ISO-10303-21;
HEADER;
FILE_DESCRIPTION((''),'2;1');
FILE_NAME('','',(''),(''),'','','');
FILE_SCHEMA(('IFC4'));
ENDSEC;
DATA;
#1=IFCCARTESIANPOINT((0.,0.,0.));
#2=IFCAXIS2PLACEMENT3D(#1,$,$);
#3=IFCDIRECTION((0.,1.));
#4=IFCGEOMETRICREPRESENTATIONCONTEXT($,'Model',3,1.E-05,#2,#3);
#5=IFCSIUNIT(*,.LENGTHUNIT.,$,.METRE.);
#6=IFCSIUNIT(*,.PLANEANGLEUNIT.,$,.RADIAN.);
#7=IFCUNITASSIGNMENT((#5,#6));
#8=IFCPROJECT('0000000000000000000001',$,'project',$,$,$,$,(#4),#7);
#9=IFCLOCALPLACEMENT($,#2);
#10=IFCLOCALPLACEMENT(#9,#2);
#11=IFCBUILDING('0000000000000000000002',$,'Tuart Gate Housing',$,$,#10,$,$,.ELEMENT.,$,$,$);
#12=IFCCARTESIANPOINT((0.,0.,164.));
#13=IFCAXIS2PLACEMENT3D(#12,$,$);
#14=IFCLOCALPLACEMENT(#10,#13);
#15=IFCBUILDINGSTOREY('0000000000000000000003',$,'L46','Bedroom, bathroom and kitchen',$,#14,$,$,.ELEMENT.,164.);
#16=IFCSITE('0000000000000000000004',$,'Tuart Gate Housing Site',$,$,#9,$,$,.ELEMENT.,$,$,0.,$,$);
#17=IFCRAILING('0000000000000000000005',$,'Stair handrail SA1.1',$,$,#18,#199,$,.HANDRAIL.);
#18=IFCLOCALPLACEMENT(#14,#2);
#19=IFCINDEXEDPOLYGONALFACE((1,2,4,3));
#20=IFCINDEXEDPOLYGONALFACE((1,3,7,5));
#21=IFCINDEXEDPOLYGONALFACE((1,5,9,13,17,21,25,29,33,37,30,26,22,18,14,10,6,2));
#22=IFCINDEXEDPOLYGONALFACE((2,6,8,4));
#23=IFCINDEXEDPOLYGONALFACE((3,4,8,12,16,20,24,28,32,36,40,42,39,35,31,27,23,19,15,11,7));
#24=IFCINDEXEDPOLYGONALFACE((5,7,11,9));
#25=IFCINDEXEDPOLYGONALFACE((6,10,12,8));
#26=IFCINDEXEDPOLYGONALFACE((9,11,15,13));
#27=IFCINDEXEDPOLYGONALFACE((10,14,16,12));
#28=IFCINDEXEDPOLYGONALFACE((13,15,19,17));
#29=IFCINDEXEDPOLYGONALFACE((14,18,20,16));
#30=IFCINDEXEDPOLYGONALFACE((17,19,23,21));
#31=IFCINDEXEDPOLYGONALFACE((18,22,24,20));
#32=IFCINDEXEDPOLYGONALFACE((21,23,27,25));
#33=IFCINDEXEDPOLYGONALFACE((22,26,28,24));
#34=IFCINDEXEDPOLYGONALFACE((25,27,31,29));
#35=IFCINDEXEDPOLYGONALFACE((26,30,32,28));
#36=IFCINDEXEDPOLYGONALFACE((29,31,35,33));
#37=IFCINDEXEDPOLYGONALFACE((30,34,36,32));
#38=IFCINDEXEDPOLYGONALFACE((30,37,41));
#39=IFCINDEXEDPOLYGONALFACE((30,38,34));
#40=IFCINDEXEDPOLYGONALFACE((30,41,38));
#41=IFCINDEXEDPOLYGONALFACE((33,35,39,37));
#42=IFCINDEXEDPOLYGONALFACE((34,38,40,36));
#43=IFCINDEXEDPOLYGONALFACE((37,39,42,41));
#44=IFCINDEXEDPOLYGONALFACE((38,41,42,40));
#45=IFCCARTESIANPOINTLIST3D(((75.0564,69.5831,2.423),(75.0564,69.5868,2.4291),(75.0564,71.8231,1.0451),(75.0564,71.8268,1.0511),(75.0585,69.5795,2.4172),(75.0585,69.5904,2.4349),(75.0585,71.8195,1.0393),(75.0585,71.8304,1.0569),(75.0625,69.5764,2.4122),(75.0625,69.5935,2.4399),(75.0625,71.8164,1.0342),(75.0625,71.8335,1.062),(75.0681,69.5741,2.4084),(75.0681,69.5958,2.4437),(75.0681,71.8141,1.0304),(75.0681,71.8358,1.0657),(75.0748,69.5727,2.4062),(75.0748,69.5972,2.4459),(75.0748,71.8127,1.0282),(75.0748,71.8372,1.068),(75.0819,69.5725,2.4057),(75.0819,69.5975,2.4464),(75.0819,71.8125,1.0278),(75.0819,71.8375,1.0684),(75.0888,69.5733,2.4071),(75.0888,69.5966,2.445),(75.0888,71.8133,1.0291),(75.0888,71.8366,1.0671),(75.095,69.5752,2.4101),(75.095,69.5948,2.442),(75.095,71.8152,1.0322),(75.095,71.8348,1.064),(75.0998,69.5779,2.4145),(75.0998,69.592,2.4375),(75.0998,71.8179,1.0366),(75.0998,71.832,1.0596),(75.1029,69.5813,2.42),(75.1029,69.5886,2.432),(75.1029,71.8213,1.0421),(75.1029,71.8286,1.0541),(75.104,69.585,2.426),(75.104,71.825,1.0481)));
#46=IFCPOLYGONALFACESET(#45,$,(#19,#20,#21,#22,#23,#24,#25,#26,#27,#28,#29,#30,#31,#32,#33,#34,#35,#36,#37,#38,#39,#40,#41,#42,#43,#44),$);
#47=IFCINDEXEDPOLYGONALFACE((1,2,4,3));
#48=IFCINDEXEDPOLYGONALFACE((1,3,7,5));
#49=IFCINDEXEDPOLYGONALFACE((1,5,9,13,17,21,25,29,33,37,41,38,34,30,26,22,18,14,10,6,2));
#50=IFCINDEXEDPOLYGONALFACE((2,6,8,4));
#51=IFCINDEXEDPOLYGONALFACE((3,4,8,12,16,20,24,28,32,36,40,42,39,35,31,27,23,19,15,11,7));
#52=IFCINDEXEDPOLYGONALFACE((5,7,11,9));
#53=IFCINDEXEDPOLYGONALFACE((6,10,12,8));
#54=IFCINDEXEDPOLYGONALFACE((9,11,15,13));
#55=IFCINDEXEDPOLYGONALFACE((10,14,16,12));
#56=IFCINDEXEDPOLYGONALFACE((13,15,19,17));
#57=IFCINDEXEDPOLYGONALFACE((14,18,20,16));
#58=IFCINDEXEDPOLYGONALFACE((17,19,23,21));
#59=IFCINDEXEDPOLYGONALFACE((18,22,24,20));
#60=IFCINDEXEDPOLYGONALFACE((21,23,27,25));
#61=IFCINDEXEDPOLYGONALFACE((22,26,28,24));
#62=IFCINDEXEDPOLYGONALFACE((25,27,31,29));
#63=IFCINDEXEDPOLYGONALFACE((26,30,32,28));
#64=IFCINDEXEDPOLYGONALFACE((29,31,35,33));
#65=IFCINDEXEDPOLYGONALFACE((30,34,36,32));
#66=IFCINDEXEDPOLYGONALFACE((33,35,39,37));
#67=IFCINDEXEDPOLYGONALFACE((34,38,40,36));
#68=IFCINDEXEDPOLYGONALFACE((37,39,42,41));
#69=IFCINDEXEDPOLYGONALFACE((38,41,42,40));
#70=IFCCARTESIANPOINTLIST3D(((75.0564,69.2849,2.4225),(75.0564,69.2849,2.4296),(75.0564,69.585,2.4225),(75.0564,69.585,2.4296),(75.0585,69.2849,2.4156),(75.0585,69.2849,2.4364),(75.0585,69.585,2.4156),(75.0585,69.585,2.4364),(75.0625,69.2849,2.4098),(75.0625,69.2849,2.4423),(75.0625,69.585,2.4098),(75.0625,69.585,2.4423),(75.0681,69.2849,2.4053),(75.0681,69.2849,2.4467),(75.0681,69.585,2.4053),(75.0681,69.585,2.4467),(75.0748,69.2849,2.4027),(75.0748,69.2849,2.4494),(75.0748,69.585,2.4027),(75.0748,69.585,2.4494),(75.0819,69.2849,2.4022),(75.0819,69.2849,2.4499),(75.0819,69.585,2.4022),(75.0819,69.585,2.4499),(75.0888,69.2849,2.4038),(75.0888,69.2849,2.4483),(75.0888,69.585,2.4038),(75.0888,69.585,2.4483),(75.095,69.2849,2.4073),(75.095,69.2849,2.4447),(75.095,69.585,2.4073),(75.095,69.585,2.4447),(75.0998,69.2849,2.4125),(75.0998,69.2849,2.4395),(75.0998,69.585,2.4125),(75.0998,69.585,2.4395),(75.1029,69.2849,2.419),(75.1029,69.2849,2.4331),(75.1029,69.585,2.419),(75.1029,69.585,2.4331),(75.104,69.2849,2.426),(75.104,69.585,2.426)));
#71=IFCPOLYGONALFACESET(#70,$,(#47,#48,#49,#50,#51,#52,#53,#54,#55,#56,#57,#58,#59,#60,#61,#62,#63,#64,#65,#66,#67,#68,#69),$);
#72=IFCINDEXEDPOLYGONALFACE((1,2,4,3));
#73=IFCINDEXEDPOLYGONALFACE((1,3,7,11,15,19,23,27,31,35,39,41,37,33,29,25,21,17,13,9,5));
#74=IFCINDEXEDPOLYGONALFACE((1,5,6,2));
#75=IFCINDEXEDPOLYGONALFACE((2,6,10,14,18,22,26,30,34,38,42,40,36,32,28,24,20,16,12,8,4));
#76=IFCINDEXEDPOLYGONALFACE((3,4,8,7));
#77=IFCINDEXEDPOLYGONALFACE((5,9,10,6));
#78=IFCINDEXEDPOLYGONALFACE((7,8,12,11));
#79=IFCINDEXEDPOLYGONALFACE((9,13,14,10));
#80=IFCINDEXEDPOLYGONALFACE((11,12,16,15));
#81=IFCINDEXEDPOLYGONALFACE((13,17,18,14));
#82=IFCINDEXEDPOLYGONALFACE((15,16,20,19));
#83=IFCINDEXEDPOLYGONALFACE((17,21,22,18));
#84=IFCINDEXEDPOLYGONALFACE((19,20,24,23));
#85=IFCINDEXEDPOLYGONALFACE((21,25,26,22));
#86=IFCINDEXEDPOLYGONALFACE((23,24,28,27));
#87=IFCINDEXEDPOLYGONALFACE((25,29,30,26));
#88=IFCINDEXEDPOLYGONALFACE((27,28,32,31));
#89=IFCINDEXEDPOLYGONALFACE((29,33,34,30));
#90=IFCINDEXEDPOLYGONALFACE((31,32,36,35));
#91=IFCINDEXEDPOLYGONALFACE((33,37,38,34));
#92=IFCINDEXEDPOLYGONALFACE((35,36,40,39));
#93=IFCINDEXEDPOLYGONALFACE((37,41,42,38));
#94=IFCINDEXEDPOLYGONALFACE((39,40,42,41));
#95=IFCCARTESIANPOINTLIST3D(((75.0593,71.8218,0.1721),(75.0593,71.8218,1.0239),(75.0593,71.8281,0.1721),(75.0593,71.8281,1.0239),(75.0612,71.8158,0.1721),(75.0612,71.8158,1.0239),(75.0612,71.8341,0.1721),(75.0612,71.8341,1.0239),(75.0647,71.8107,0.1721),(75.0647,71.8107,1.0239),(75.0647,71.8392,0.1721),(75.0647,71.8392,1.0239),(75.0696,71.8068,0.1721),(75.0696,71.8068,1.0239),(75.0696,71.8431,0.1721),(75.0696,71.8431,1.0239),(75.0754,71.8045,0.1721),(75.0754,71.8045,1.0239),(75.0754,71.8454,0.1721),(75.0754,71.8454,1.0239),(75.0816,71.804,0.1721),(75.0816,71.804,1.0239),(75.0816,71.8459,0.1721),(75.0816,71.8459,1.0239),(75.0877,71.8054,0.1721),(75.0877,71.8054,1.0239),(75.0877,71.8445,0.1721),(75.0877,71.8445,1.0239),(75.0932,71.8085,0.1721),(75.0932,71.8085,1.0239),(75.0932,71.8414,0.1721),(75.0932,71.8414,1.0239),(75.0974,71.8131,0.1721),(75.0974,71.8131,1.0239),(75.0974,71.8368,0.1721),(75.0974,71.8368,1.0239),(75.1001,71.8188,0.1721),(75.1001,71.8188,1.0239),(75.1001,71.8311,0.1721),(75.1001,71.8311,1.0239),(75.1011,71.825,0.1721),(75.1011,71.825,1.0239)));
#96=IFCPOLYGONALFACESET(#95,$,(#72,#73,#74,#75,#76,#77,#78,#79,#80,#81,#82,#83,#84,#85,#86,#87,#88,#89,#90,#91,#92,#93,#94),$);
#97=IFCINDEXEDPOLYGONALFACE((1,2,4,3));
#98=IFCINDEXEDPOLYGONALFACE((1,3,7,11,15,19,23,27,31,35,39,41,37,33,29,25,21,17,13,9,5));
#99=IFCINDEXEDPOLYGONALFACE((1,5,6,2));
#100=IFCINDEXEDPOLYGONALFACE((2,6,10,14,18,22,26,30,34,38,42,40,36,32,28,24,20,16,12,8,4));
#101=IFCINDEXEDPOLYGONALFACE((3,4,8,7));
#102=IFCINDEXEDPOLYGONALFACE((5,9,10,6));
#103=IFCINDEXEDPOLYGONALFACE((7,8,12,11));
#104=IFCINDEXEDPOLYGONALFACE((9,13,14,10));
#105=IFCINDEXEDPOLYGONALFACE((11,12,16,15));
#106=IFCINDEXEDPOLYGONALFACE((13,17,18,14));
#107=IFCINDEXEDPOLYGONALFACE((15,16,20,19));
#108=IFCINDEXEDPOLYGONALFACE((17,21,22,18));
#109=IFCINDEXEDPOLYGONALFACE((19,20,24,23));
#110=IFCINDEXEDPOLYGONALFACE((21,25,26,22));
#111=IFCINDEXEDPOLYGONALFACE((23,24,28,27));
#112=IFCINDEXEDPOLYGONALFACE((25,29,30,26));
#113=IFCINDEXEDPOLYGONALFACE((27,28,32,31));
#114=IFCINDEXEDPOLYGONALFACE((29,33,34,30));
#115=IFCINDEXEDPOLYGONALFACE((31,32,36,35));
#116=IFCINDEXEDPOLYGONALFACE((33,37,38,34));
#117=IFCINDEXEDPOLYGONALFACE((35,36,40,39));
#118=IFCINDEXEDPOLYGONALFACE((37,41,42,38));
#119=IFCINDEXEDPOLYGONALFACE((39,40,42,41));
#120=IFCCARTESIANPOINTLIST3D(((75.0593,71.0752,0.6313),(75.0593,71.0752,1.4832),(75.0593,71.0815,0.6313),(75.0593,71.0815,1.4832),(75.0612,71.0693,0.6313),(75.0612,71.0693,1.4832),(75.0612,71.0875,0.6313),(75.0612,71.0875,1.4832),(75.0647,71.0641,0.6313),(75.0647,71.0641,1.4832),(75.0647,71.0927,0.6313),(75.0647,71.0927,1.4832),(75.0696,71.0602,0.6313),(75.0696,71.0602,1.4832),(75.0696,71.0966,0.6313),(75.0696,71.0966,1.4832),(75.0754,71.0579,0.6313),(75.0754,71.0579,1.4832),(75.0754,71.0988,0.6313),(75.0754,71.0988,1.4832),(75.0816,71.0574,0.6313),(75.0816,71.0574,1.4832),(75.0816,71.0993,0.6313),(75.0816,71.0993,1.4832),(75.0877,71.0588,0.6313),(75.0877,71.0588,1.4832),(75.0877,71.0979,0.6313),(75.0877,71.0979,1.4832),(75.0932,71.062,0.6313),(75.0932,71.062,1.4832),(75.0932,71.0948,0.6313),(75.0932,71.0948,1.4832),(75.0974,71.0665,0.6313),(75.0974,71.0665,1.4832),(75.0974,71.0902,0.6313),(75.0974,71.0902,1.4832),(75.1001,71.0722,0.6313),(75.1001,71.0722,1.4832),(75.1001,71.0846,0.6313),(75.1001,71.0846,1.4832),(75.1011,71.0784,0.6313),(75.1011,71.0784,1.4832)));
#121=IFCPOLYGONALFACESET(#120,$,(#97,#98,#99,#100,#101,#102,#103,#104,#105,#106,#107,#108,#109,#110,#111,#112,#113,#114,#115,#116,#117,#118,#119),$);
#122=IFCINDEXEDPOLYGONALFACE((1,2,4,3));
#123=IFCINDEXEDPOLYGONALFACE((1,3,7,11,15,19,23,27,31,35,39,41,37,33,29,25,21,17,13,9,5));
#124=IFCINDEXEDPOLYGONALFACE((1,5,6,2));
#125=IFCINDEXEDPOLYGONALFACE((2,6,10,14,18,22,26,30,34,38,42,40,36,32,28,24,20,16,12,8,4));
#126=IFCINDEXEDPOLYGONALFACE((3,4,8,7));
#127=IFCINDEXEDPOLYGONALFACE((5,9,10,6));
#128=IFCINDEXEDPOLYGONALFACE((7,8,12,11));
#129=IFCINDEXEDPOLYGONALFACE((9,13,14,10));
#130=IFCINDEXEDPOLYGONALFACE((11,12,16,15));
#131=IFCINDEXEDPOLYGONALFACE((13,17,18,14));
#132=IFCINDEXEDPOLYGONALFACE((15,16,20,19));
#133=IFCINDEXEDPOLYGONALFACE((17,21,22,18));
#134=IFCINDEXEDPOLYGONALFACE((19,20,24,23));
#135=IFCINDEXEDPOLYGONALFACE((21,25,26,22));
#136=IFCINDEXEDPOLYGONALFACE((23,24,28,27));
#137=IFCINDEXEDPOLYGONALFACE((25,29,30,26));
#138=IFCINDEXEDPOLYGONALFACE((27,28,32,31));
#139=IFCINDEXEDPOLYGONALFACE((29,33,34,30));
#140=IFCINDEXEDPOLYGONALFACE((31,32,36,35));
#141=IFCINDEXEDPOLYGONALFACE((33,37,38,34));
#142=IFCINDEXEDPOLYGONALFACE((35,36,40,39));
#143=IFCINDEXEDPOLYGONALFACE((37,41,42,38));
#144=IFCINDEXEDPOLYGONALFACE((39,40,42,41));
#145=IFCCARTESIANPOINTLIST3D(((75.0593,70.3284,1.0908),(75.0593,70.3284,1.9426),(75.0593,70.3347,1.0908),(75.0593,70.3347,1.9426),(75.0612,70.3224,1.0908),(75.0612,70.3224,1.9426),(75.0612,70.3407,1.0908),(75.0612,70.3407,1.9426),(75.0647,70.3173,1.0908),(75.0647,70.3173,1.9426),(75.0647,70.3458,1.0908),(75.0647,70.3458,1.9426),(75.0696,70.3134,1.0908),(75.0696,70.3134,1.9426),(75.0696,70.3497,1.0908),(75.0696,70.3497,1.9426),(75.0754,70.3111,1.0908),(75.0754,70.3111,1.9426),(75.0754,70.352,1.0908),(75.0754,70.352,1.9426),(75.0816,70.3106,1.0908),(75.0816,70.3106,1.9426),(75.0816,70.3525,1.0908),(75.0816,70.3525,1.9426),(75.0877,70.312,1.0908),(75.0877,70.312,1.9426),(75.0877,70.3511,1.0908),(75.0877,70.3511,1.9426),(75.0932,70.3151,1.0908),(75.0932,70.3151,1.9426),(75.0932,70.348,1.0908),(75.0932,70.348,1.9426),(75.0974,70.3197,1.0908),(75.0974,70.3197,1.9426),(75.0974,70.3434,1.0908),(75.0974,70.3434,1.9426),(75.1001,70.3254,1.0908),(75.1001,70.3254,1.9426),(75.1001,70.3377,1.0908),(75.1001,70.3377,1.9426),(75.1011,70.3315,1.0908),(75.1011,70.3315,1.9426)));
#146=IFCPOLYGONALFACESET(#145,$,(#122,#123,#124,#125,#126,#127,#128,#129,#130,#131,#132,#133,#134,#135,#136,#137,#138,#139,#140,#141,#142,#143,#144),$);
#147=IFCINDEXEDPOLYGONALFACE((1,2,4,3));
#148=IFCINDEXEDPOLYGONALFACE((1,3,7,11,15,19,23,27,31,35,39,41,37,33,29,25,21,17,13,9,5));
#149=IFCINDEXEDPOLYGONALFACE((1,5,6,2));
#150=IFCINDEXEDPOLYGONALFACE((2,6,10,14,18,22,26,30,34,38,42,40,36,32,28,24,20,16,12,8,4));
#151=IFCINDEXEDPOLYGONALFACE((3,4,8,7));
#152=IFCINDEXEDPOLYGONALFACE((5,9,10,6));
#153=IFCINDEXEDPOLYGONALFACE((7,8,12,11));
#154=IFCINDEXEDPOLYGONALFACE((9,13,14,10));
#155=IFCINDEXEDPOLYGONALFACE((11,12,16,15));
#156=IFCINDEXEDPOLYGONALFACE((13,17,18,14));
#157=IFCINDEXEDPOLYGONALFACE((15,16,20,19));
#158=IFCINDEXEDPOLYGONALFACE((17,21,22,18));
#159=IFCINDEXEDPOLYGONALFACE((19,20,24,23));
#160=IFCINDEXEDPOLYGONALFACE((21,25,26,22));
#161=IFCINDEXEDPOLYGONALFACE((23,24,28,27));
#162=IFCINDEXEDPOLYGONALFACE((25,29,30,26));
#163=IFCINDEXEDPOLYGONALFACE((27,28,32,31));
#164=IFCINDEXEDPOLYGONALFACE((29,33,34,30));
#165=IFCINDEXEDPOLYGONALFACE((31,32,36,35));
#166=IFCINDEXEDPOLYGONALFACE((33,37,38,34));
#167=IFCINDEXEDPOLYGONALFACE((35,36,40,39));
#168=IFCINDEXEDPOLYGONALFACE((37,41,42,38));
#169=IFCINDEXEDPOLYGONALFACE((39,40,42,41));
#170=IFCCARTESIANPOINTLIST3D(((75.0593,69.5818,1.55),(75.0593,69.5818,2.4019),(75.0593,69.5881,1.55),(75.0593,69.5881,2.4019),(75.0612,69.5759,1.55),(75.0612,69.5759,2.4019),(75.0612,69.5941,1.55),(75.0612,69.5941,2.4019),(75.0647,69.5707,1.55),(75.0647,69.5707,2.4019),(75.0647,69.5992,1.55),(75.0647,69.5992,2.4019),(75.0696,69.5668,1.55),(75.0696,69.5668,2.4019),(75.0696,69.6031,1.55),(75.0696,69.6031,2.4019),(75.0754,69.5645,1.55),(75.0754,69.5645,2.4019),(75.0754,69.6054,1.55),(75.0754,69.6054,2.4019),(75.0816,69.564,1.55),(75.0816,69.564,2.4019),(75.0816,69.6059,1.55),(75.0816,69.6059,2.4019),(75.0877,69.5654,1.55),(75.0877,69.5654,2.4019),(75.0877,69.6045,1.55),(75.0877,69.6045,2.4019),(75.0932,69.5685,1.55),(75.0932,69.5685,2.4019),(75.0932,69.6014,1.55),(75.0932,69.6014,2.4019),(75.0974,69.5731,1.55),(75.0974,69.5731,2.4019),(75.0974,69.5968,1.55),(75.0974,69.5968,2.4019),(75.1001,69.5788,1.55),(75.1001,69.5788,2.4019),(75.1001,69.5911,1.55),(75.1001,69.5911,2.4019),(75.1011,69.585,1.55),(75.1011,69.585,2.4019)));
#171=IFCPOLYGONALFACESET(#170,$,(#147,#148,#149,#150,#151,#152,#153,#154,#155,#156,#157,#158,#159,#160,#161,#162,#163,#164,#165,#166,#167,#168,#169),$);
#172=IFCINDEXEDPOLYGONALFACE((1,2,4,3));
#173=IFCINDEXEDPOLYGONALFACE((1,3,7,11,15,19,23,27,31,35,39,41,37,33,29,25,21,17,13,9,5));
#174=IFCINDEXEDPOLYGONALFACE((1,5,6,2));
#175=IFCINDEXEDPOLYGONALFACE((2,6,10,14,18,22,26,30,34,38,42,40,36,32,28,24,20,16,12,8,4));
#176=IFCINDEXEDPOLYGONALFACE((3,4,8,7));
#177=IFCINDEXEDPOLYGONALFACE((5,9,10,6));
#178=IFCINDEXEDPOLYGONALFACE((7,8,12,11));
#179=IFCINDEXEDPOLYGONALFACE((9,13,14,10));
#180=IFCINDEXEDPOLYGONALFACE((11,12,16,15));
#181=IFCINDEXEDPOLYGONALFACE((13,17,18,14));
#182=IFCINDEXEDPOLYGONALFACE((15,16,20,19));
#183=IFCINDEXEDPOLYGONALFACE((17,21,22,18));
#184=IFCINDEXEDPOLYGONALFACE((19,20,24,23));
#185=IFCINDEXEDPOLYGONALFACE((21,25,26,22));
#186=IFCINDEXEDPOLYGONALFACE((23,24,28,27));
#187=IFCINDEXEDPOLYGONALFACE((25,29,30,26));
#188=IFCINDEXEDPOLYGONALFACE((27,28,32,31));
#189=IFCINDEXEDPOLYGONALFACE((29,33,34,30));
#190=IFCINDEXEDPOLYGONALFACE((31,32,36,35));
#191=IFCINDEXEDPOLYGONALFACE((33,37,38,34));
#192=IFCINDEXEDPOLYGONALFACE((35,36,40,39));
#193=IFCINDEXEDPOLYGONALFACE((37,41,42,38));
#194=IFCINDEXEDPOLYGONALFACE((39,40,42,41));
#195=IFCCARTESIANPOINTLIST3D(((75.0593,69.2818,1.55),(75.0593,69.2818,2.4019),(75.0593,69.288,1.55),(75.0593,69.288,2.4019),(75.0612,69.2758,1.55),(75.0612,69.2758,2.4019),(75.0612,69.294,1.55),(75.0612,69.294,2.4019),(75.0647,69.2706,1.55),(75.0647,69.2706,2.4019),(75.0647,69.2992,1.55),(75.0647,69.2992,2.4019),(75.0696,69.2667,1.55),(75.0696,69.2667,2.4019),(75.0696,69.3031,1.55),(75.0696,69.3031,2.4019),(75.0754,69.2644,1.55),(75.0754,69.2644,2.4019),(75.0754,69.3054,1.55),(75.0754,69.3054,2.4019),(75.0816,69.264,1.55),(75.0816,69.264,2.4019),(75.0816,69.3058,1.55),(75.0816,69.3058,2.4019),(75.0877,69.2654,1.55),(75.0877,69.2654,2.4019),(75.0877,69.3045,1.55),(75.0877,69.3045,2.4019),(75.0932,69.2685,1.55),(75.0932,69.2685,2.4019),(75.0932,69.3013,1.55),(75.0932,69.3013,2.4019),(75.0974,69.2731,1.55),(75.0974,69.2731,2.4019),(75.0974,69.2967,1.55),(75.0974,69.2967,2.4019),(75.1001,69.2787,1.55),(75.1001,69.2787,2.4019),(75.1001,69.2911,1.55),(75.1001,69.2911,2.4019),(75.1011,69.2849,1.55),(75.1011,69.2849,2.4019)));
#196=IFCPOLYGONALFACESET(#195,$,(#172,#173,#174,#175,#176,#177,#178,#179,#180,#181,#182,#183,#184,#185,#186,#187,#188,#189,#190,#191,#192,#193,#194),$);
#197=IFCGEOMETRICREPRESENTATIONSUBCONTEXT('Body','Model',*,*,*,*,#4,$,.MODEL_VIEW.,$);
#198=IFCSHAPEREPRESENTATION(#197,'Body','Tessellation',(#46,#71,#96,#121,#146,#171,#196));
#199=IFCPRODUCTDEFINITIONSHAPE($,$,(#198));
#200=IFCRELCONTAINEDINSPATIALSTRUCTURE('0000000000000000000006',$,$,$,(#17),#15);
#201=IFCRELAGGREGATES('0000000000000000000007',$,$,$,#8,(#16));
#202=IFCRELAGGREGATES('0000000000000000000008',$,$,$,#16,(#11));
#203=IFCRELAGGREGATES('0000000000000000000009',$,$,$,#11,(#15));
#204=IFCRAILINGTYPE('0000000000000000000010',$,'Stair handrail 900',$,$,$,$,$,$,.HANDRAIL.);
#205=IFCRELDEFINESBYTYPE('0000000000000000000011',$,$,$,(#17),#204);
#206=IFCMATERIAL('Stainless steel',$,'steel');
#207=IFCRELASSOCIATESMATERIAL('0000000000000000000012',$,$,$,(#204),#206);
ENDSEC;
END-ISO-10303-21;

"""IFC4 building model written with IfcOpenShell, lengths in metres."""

from ifc_helpers import new_model, si_unit, direction, frame, origin, origin_2d, place, context, subcontext, project, spatial, circle, extrude, material, type_object, element, save


model = new_model("IFC4")

# Units and contexts
model_context = context("Model", 3, precision=1e-05, world=origin(), true_north=direction((0.0, 1.0)))
body_context = subcontext(model_context, "Body", "Model", "MODEL_VIEW")
ifc_project = project(units=[si_unit("LENGTHUNIT", "METRE"), si_unit("PLANEANGLEUNIT", "RADIAN")], contexts=[model_context])

# Site, building, storey
site_placement = place(None, origin())
site = spatial("IfcSite", under=ifc_project, at=site_placement, Name="Tuart Gate Housing Site", CompositionType="ELEMENT", RefElevation=0.0)
building_placement = place(site_placement, origin())
building = spatial("IfcBuilding", under=site, at=building_placement, Name="Tuart Gate Housing", CompositionType="ELEMENT")
storey_placement = place(building_placement, frame((0.0, 0.0, 164.0)))
storey = spatial("IfcBuildingStorey", under=building, at=storey_placement, Name="L46", Description="Bedroom, bathroom and kitchen", CompositionType="ELEMENT", Elevation=164.0)

# Railing
ifc_material_1 = material(Name="Stainless steel", Category="steel")
railing_type = type_object("IfcRailingType", Name="Stair handrail 900", PredefinedType="HANDRAIL", material=ifc_material_1)
railing_placement = place(storey_placement, frame((75.0801, 71.825, 0.1721)))
element("IfcRailing", 1, at=railing_placement, inside=storey, type_object=railing_type, Name="Stair handrail SA1.1", PredefinedType="HANDRAIL", context=body_context, shape_type="SweptSolid", body=[
    extrude(circle(Radius=0.0239, at=origin_2d()), frame((0.0, 0.0, 0.876), z_axis=(0.0, -0.851748, 0.523952), x_axis=(1.0, 0.0, 0.0)), (0.0, 0.0, 1.0), 2.6299),
    extrude(circle(Radius=0.0239, at=origin_2d()), frame((0.0, -2.24, 2.2539), z_axis=(0.0, -1.0, 0.0), x_axis=(1.0, 0.0, 0.0)), (0.0, 0.0, 1.0), 0.3),
    extrude(circle(Radius=0.021, at=origin_2d()), origin(), (0.0, 0.0, 1.0), 0.8518),
    extrude(circle(Radius=0.021, at=origin_2d()), frame((0.0, -0.7466, 0.4592)), (0.0, 0.0, 1.0), 0.8518),
    extrude(circle(Radius=0.021, at=origin_2d()), frame((0.0, -1.4934, 0.9187)), (0.0, 0.0, 1.0), 0.8518),
    extrude(circle(Radius=0.021, at=origin_2d()), frame((0.0, -2.24, 1.3779)), (0.0, 0.0, 1.0), 0.8518),
    extrude(circle(Radius=0.021, at=origin_2d()), frame((0.0, -2.54, 1.3779)), (0.0, 0.0, 1.0), 0.8518),
])

save(model, "model.ifc")
